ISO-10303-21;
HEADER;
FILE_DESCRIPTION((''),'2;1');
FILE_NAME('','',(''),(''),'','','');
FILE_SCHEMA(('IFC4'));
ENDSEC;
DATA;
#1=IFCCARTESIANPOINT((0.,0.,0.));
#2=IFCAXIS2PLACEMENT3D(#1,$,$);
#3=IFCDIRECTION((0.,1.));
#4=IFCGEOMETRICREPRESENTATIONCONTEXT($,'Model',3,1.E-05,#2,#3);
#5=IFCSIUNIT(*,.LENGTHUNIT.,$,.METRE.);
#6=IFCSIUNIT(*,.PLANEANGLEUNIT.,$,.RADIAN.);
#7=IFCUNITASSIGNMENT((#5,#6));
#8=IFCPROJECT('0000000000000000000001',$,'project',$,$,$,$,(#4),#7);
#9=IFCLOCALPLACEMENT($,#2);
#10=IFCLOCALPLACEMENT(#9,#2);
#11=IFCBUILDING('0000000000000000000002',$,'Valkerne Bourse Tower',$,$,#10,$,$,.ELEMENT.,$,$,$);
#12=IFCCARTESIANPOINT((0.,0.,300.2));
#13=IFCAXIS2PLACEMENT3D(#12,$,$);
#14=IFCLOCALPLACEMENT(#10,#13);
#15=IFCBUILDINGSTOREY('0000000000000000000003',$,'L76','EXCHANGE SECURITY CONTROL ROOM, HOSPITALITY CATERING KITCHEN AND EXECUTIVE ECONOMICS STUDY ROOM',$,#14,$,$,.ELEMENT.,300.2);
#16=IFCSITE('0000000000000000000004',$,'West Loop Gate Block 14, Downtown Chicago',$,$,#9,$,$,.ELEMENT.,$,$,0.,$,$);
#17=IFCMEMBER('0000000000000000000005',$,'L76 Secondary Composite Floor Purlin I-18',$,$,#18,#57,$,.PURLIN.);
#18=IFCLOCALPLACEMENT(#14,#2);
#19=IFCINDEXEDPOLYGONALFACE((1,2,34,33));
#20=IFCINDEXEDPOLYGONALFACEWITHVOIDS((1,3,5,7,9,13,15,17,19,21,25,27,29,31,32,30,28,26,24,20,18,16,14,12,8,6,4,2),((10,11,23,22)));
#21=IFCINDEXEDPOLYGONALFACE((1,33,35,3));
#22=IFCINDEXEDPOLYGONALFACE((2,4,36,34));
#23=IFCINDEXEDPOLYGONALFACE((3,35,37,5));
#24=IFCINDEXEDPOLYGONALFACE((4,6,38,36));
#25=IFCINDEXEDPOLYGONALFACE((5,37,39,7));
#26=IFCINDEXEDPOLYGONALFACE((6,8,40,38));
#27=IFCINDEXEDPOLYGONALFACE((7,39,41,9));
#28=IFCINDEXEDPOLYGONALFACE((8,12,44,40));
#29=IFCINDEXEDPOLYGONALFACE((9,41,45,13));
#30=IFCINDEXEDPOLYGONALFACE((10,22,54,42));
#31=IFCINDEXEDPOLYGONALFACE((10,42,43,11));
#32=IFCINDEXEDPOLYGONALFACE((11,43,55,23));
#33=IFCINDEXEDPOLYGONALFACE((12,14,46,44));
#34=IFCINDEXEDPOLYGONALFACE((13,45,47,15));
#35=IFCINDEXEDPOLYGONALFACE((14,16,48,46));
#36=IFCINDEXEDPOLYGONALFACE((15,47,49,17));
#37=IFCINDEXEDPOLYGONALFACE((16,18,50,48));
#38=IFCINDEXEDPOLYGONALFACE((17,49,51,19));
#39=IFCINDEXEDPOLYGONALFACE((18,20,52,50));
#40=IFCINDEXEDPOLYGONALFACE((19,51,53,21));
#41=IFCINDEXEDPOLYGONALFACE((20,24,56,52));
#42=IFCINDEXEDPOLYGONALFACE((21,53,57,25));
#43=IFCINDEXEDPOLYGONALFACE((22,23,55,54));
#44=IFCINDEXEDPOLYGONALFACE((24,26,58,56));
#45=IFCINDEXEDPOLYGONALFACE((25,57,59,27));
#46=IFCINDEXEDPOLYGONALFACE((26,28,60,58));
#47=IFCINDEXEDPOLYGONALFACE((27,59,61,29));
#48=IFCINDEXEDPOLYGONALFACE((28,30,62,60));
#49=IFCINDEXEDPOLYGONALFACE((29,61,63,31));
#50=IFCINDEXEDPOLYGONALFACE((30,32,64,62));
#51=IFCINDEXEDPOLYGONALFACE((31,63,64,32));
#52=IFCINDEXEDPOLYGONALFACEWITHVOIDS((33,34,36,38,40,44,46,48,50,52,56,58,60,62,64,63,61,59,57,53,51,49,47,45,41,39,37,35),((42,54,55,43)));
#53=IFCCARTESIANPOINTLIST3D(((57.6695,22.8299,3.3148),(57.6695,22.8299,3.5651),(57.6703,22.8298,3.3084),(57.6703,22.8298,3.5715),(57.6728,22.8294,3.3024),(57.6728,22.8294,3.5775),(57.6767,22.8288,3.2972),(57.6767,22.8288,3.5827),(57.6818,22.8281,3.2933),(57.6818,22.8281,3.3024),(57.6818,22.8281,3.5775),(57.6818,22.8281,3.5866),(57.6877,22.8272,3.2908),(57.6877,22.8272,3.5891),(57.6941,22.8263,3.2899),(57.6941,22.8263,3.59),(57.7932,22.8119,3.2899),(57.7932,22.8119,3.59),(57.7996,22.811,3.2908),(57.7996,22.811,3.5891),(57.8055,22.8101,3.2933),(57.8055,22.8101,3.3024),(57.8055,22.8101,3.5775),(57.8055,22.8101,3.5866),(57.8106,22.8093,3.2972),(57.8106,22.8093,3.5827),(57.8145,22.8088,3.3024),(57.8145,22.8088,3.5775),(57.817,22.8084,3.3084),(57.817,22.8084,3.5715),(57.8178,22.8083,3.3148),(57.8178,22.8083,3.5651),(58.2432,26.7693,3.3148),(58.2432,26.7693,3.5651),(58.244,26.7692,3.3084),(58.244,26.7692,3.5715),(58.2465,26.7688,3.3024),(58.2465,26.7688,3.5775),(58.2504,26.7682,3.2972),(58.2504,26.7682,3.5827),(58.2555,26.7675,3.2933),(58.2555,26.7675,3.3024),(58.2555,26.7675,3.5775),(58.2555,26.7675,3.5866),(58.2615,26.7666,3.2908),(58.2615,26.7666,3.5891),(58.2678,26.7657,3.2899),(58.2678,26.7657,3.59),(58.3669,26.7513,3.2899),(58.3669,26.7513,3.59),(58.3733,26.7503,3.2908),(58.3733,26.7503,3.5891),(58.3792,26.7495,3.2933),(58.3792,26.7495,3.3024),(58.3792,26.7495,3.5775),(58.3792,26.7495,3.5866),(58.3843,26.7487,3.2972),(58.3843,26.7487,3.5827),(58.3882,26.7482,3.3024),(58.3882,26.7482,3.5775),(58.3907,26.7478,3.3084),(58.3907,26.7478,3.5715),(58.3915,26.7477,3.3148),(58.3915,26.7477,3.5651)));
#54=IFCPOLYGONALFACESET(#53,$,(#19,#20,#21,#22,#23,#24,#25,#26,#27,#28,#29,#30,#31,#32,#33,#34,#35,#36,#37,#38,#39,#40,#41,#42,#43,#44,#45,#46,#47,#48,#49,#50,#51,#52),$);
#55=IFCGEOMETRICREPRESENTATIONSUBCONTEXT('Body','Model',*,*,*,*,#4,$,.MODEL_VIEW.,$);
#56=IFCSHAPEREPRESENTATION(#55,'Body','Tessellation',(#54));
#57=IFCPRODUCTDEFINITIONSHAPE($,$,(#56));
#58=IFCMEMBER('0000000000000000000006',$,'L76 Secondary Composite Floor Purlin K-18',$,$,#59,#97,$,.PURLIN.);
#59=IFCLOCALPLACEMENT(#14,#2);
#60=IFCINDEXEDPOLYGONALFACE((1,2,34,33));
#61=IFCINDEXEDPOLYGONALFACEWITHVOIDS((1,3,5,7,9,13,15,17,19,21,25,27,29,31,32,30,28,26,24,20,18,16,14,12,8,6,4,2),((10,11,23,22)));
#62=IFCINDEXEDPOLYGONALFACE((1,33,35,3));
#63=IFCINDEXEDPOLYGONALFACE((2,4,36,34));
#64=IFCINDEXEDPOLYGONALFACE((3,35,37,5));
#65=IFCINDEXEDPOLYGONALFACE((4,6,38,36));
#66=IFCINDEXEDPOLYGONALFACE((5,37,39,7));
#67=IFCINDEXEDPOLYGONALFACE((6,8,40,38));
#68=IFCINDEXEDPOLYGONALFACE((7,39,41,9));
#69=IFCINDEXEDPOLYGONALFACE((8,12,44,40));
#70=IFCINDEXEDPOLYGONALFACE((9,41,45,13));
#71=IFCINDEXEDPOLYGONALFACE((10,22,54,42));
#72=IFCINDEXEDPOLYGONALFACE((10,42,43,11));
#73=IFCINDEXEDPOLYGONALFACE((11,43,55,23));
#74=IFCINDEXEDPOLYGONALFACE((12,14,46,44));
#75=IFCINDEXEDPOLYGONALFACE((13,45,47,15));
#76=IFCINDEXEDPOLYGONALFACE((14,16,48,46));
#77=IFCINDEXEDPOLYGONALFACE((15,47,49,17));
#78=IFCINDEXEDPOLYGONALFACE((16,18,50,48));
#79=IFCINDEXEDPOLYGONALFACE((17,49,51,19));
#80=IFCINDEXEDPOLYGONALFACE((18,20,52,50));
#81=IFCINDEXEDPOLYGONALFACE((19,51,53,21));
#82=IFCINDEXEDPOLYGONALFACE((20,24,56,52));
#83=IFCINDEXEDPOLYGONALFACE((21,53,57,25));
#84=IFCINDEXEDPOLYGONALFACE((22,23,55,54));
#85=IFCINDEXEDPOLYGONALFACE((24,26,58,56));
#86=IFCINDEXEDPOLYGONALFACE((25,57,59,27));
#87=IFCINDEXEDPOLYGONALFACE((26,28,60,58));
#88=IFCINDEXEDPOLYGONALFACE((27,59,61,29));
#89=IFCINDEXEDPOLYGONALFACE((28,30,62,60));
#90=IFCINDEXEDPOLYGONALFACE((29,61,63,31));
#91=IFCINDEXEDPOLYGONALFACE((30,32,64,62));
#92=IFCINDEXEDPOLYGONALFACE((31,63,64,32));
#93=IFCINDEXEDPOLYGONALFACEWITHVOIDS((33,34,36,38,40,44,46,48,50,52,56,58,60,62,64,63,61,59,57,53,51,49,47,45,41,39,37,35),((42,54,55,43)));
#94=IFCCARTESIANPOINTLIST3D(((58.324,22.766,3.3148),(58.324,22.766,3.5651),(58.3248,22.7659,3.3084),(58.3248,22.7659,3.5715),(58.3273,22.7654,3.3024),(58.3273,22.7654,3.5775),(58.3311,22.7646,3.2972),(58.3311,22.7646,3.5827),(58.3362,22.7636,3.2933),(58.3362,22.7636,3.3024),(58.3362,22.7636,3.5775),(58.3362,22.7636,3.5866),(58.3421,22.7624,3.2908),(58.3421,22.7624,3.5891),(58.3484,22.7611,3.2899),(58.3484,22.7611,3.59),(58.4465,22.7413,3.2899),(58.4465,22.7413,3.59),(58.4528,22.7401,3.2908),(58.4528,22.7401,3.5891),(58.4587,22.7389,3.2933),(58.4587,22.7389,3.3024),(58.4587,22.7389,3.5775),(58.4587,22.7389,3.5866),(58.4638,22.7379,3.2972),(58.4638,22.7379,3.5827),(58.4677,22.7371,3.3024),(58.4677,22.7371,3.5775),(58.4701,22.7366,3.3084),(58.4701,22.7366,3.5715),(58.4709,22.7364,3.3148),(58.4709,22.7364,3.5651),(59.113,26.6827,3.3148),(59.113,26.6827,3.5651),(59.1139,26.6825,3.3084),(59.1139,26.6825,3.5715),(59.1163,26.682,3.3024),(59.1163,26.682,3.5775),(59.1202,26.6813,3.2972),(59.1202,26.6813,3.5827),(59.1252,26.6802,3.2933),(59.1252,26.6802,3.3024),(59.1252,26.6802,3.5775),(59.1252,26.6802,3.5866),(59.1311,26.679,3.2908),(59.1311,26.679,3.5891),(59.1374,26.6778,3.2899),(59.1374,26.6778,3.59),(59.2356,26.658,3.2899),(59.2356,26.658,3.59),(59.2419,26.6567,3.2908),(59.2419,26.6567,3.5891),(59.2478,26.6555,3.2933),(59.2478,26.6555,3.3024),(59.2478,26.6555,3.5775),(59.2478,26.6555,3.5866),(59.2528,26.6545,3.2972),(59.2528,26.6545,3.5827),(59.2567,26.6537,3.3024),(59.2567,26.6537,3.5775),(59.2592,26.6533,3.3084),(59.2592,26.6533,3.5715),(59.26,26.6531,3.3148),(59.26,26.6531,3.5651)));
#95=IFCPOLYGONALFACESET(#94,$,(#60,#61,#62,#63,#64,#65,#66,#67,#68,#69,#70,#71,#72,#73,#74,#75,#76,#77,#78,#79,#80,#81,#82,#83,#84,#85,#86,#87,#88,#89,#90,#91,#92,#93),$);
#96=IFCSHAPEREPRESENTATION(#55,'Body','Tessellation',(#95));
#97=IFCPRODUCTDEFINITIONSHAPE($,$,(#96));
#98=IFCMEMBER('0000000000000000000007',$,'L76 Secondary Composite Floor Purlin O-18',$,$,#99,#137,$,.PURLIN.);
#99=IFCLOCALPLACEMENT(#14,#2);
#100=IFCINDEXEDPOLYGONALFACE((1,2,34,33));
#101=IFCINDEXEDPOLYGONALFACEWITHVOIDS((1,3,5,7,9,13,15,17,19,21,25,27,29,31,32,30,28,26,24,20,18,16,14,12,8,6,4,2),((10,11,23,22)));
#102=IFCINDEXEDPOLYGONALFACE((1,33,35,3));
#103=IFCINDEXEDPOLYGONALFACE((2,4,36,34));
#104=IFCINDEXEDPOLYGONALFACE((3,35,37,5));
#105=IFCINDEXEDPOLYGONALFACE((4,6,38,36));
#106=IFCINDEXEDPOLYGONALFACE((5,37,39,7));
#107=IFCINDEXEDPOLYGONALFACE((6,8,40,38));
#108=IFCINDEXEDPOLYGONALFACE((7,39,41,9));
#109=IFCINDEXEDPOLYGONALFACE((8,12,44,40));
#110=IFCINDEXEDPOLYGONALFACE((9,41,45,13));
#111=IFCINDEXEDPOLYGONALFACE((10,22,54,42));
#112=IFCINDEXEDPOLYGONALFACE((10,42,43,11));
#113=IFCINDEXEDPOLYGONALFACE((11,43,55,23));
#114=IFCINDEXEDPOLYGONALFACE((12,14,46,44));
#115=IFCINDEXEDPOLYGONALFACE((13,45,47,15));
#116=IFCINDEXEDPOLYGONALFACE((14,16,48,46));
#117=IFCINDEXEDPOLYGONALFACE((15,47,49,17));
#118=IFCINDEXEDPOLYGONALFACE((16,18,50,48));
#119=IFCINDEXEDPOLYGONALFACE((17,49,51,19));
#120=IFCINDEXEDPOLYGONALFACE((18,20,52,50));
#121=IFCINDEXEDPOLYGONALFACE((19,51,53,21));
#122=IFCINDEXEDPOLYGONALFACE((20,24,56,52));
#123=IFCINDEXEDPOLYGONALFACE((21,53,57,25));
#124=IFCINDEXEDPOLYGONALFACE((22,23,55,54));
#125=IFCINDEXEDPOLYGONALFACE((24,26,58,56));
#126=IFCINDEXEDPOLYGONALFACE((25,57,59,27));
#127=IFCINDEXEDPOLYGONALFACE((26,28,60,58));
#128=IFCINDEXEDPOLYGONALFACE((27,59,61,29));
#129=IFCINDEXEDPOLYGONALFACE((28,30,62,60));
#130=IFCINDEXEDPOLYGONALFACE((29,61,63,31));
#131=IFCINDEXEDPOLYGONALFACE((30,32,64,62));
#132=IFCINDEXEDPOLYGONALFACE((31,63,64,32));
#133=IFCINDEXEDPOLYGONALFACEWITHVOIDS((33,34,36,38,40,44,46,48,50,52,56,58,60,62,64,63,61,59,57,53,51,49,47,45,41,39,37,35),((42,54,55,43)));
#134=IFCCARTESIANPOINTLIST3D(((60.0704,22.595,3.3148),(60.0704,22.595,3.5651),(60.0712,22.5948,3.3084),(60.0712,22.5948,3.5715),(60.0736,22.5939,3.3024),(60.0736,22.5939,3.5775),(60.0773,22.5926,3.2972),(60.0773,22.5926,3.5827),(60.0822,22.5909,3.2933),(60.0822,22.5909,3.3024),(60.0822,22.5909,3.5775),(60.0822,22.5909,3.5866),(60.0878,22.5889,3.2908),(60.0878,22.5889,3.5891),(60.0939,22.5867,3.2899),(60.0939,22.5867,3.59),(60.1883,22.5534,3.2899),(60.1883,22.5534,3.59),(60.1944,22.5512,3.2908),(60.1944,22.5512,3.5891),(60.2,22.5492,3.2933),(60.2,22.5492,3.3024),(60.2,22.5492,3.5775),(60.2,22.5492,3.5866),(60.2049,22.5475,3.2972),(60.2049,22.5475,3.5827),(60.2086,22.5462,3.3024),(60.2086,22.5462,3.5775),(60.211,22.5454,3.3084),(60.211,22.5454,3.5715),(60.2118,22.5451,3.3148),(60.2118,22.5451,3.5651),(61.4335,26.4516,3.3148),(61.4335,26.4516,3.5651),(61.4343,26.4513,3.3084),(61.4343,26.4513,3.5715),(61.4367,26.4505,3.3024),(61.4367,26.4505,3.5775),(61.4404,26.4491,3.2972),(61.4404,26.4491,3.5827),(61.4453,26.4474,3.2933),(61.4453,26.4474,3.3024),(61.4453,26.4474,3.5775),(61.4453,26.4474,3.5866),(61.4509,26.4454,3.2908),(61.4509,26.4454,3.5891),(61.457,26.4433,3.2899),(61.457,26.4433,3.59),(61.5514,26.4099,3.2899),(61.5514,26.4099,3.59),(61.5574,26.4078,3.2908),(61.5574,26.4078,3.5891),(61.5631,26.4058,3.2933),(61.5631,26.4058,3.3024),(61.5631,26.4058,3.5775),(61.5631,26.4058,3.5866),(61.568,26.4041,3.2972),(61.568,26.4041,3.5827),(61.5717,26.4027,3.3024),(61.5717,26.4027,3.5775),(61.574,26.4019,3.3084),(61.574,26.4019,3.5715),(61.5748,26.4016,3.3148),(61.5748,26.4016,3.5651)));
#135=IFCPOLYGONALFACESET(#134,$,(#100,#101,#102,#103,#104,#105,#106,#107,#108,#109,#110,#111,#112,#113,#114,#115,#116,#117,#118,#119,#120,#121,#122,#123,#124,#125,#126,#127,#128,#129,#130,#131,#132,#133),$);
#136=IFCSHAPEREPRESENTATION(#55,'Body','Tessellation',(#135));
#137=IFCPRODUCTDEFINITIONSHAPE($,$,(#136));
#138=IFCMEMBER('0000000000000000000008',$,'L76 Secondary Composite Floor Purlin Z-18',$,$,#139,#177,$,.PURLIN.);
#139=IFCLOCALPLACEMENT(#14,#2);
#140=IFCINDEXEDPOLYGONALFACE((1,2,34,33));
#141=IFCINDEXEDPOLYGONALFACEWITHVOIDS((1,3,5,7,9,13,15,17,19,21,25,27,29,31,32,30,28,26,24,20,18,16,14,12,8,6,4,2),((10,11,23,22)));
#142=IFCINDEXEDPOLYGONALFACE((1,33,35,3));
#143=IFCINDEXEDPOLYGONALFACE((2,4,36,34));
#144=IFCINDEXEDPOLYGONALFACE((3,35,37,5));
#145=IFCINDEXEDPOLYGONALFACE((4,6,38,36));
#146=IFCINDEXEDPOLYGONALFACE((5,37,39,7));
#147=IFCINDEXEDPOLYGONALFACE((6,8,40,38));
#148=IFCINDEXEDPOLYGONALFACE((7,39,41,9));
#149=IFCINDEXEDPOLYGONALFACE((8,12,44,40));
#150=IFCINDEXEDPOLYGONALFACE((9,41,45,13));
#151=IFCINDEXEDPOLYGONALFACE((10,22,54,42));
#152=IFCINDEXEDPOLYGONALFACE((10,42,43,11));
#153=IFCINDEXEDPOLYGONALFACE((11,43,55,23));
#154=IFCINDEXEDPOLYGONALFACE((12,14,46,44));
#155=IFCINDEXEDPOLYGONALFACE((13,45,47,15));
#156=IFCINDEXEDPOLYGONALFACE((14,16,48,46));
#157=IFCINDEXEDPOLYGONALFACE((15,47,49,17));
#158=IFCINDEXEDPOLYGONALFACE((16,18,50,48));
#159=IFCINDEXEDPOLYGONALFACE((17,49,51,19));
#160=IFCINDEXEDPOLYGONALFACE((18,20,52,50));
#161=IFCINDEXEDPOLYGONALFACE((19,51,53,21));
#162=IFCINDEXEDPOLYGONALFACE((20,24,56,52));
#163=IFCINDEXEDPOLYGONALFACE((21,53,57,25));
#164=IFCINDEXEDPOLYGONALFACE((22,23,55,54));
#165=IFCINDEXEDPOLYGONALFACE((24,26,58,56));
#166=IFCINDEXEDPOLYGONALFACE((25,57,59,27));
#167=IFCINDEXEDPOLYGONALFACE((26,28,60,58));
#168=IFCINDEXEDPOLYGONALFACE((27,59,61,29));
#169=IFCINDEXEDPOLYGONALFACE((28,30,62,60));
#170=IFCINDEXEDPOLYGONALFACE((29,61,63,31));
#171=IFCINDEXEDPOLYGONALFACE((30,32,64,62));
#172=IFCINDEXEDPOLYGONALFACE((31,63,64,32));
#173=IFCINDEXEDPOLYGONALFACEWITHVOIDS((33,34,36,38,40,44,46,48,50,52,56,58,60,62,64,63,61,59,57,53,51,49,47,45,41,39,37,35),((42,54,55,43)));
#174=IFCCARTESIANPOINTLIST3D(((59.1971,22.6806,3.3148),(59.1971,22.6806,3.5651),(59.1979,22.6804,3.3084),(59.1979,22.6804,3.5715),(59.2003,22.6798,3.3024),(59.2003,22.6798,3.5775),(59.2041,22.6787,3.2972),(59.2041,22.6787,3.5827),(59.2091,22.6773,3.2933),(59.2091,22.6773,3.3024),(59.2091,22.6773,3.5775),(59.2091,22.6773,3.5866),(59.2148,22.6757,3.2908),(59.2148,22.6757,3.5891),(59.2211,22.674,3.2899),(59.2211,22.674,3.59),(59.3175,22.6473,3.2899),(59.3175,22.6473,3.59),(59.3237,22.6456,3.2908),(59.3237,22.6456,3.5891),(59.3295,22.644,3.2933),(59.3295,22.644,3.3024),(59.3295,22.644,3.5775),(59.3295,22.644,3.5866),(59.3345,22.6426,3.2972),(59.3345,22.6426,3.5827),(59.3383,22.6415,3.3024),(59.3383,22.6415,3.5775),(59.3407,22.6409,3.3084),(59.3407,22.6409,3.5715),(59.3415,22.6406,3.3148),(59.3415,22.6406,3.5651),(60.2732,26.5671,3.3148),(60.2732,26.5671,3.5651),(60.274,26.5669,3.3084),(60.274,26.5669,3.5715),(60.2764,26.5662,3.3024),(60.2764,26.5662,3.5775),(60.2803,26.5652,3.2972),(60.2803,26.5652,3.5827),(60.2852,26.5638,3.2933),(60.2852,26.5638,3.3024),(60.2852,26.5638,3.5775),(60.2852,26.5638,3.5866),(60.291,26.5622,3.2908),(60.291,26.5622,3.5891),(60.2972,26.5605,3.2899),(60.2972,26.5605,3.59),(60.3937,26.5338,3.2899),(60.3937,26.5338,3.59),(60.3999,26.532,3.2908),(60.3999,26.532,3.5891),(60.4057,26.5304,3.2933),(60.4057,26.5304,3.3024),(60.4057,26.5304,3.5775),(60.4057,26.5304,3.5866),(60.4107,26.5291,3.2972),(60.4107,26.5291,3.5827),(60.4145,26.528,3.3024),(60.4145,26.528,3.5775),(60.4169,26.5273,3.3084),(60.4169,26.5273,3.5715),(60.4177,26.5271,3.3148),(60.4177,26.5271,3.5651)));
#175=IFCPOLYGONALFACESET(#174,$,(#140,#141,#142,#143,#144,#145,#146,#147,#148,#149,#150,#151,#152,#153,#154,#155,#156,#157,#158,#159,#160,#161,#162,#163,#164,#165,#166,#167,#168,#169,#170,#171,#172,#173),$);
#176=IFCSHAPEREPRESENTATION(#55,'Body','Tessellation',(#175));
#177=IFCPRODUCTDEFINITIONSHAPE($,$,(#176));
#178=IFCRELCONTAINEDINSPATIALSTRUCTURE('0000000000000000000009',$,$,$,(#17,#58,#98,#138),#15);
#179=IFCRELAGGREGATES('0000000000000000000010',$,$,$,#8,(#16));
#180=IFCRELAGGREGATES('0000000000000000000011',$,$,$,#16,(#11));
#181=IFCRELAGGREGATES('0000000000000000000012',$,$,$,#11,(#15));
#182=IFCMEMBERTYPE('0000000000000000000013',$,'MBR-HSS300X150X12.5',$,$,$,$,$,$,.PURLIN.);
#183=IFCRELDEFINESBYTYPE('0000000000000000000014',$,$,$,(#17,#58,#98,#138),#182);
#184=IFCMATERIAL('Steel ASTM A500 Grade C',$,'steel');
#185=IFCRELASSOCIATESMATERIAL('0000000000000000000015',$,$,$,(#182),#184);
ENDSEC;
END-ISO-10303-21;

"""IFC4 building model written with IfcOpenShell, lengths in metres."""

from ifc_helpers import new_model, si_unit, direction, frame, origin, origin_2d, place, context, subcontext, project, spatial, hollow_rectangle, extrude, material, material_profile, profile_set, type_object, element, save


model = new_model("IFC4")

# Units and contexts
model_context = context("Model", 3, precision=1e-05, world=origin(), true_north=direction((0.0, 1.0)))
body_context = subcontext(model_context, "Body", "Model", "MODEL_VIEW")
ifc_project = project(units=[si_unit("LENGTHUNIT", "METRE"), si_unit("PLANEANGLEUNIT", "RADIAN")], contexts=[model_context])

# Site, building, storey
site_placement = place(None, origin())
site = spatial("IfcSite", under=ifc_project, at=site_placement, Name="West Loop Gate Block 14, Downtown Chicago", CompositionType="ELEMENT", RefElevation=0.0)
building_placement = place(site_placement, origin())
building = spatial("IfcBuilding", under=site, at=building_placement, Name="Valkerne Bourse Tower", CompositionType="ELEMENT")
storey_placement = place(building_placement, frame((0.0, 0.0, 300.2)))
storey = spatial("IfcBuildingStorey", under=building, at=storey_placement, Name="L76", Description="EXCHANGE SECURITY CONTROL ROOM, HOSPITALITY CATERING KITCHEN AND EXECUTIVE ECONOMICS STUDY ROOM", CompositionType="ELEMENT", Elevation=300.2)

# Shared definitions
ifc_material_1 = material(Name="Steel ASTM A500 Grade C", Category="steel")

# Members
ifc_material_profile_1 = material_profile(ifc_material_1, hollow_rectangle(XDim=0.1499, YDim=0.3, WallThickness=0.0125, OuterFilletRadius=0.0249, at=origin_2d()), Name="HSS300X150X12.5")
ifc_profile_set_1 = profile_set([ifc_material_profile_1], Name="Steel ASTM A500 Grade C")
member_type_1 = type_object("IfcMemberType", Name="MBR-HSS300X150X12.5", PredefinedType="PURLIN", material=ifc_profile_set_1)
member_1_placement = place(storey_placement, frame((57.7437, 22.8191, 3.4399), z_axis=(0.144117, 0.989561, 0.0), x_axis=(-0.989561, 0.144117, 0.0)))
element("IfcMember", 1, at=member_1_placement, inside=storey, type_object=member_type_1, Name="L76 Secondary Composite Floor Purlin I-18", PredefinedType="PURLIN", context=body_context, shape_type="SweptSolid", body=[
    extrude(hollow_rectangle(XDim=0.1499, YDim=0.3, WallThickness=0.0125, OuterFilletRadius=0.0249, at=origin_2d()), origin(), (0.0, 0.0, 1.0), 3.981),
])
member_2_placement = place(storey_placement, frame((58.3975, 22.7512, 3.4399), z_axis=(0.197491, 0.980305, 0.0), x_axis=(-0.980305, 0.197491, 0.0)))
element("IfcMember", 2, at=member_2_placement, inside=storey, type_object=member_type_1, Name="L76 Secondary Composite Floor Purlin K-18", PredefinedType="PURLIN", context=body_context, shape_type="SweptSolid", body=[
    extrude(hollow_rectangle(XDim=0.1499, YDim=0.3, WallThickness=0.0125, OuterFilletRadius=0.0249, at=origin_2d()), origin(), (0.0, 0.0, 1.0), 3.9954),
])
member_3_placement = place(storey_placement, frame((60.1411, 22.5701, 3.4399), z_axis=(0.333242, 0.942841, 0.0), x_axis=(-0.942841, 0.333242, 0.0)))
element("IfcMember", 3, at=member_3_placement, inside=storey, type_object=member_type_1, Name="L76 Secondary Composite Floor Purlin O-18", PredefinedType="PURLIN", context=body_context, shape_type="SweptSolid", body=[
    extrude(hollow_rectangle(XDim=0.1499, YDim=0.3, WallThickness=0.0125, OuterFilletRadius=0.0249, at=origin_2d()), origin(), (0.0, 0.0, 1.0), 4.0903),
])
member_4_placement = place(storey_placement, frame((59.2693, 22.6606, 3.4399), z_axis=(0.26686, 0.963735, 0.0), x_axis=(-0.963735, 0.26686, 0.0)))
element("IfcMember", 4, at=member_4_placement, inside=storey, type_object=member_type_1, Name="L76 Secondary Composite Floor Purlin Z-18", PredefinedType="PURLIN", context=body_context, shape_type="SweptSolid", body=[
    extrude(hollow_rectangle(XDim=0.1499, YDim=0.3, WallThickness=0.0125, OuterFilletRadius=0.0249, at=origin_2d()), origin(), (0.0, 0.0, 1.0), 4.0327),
])

save(model, "model.ifc")
